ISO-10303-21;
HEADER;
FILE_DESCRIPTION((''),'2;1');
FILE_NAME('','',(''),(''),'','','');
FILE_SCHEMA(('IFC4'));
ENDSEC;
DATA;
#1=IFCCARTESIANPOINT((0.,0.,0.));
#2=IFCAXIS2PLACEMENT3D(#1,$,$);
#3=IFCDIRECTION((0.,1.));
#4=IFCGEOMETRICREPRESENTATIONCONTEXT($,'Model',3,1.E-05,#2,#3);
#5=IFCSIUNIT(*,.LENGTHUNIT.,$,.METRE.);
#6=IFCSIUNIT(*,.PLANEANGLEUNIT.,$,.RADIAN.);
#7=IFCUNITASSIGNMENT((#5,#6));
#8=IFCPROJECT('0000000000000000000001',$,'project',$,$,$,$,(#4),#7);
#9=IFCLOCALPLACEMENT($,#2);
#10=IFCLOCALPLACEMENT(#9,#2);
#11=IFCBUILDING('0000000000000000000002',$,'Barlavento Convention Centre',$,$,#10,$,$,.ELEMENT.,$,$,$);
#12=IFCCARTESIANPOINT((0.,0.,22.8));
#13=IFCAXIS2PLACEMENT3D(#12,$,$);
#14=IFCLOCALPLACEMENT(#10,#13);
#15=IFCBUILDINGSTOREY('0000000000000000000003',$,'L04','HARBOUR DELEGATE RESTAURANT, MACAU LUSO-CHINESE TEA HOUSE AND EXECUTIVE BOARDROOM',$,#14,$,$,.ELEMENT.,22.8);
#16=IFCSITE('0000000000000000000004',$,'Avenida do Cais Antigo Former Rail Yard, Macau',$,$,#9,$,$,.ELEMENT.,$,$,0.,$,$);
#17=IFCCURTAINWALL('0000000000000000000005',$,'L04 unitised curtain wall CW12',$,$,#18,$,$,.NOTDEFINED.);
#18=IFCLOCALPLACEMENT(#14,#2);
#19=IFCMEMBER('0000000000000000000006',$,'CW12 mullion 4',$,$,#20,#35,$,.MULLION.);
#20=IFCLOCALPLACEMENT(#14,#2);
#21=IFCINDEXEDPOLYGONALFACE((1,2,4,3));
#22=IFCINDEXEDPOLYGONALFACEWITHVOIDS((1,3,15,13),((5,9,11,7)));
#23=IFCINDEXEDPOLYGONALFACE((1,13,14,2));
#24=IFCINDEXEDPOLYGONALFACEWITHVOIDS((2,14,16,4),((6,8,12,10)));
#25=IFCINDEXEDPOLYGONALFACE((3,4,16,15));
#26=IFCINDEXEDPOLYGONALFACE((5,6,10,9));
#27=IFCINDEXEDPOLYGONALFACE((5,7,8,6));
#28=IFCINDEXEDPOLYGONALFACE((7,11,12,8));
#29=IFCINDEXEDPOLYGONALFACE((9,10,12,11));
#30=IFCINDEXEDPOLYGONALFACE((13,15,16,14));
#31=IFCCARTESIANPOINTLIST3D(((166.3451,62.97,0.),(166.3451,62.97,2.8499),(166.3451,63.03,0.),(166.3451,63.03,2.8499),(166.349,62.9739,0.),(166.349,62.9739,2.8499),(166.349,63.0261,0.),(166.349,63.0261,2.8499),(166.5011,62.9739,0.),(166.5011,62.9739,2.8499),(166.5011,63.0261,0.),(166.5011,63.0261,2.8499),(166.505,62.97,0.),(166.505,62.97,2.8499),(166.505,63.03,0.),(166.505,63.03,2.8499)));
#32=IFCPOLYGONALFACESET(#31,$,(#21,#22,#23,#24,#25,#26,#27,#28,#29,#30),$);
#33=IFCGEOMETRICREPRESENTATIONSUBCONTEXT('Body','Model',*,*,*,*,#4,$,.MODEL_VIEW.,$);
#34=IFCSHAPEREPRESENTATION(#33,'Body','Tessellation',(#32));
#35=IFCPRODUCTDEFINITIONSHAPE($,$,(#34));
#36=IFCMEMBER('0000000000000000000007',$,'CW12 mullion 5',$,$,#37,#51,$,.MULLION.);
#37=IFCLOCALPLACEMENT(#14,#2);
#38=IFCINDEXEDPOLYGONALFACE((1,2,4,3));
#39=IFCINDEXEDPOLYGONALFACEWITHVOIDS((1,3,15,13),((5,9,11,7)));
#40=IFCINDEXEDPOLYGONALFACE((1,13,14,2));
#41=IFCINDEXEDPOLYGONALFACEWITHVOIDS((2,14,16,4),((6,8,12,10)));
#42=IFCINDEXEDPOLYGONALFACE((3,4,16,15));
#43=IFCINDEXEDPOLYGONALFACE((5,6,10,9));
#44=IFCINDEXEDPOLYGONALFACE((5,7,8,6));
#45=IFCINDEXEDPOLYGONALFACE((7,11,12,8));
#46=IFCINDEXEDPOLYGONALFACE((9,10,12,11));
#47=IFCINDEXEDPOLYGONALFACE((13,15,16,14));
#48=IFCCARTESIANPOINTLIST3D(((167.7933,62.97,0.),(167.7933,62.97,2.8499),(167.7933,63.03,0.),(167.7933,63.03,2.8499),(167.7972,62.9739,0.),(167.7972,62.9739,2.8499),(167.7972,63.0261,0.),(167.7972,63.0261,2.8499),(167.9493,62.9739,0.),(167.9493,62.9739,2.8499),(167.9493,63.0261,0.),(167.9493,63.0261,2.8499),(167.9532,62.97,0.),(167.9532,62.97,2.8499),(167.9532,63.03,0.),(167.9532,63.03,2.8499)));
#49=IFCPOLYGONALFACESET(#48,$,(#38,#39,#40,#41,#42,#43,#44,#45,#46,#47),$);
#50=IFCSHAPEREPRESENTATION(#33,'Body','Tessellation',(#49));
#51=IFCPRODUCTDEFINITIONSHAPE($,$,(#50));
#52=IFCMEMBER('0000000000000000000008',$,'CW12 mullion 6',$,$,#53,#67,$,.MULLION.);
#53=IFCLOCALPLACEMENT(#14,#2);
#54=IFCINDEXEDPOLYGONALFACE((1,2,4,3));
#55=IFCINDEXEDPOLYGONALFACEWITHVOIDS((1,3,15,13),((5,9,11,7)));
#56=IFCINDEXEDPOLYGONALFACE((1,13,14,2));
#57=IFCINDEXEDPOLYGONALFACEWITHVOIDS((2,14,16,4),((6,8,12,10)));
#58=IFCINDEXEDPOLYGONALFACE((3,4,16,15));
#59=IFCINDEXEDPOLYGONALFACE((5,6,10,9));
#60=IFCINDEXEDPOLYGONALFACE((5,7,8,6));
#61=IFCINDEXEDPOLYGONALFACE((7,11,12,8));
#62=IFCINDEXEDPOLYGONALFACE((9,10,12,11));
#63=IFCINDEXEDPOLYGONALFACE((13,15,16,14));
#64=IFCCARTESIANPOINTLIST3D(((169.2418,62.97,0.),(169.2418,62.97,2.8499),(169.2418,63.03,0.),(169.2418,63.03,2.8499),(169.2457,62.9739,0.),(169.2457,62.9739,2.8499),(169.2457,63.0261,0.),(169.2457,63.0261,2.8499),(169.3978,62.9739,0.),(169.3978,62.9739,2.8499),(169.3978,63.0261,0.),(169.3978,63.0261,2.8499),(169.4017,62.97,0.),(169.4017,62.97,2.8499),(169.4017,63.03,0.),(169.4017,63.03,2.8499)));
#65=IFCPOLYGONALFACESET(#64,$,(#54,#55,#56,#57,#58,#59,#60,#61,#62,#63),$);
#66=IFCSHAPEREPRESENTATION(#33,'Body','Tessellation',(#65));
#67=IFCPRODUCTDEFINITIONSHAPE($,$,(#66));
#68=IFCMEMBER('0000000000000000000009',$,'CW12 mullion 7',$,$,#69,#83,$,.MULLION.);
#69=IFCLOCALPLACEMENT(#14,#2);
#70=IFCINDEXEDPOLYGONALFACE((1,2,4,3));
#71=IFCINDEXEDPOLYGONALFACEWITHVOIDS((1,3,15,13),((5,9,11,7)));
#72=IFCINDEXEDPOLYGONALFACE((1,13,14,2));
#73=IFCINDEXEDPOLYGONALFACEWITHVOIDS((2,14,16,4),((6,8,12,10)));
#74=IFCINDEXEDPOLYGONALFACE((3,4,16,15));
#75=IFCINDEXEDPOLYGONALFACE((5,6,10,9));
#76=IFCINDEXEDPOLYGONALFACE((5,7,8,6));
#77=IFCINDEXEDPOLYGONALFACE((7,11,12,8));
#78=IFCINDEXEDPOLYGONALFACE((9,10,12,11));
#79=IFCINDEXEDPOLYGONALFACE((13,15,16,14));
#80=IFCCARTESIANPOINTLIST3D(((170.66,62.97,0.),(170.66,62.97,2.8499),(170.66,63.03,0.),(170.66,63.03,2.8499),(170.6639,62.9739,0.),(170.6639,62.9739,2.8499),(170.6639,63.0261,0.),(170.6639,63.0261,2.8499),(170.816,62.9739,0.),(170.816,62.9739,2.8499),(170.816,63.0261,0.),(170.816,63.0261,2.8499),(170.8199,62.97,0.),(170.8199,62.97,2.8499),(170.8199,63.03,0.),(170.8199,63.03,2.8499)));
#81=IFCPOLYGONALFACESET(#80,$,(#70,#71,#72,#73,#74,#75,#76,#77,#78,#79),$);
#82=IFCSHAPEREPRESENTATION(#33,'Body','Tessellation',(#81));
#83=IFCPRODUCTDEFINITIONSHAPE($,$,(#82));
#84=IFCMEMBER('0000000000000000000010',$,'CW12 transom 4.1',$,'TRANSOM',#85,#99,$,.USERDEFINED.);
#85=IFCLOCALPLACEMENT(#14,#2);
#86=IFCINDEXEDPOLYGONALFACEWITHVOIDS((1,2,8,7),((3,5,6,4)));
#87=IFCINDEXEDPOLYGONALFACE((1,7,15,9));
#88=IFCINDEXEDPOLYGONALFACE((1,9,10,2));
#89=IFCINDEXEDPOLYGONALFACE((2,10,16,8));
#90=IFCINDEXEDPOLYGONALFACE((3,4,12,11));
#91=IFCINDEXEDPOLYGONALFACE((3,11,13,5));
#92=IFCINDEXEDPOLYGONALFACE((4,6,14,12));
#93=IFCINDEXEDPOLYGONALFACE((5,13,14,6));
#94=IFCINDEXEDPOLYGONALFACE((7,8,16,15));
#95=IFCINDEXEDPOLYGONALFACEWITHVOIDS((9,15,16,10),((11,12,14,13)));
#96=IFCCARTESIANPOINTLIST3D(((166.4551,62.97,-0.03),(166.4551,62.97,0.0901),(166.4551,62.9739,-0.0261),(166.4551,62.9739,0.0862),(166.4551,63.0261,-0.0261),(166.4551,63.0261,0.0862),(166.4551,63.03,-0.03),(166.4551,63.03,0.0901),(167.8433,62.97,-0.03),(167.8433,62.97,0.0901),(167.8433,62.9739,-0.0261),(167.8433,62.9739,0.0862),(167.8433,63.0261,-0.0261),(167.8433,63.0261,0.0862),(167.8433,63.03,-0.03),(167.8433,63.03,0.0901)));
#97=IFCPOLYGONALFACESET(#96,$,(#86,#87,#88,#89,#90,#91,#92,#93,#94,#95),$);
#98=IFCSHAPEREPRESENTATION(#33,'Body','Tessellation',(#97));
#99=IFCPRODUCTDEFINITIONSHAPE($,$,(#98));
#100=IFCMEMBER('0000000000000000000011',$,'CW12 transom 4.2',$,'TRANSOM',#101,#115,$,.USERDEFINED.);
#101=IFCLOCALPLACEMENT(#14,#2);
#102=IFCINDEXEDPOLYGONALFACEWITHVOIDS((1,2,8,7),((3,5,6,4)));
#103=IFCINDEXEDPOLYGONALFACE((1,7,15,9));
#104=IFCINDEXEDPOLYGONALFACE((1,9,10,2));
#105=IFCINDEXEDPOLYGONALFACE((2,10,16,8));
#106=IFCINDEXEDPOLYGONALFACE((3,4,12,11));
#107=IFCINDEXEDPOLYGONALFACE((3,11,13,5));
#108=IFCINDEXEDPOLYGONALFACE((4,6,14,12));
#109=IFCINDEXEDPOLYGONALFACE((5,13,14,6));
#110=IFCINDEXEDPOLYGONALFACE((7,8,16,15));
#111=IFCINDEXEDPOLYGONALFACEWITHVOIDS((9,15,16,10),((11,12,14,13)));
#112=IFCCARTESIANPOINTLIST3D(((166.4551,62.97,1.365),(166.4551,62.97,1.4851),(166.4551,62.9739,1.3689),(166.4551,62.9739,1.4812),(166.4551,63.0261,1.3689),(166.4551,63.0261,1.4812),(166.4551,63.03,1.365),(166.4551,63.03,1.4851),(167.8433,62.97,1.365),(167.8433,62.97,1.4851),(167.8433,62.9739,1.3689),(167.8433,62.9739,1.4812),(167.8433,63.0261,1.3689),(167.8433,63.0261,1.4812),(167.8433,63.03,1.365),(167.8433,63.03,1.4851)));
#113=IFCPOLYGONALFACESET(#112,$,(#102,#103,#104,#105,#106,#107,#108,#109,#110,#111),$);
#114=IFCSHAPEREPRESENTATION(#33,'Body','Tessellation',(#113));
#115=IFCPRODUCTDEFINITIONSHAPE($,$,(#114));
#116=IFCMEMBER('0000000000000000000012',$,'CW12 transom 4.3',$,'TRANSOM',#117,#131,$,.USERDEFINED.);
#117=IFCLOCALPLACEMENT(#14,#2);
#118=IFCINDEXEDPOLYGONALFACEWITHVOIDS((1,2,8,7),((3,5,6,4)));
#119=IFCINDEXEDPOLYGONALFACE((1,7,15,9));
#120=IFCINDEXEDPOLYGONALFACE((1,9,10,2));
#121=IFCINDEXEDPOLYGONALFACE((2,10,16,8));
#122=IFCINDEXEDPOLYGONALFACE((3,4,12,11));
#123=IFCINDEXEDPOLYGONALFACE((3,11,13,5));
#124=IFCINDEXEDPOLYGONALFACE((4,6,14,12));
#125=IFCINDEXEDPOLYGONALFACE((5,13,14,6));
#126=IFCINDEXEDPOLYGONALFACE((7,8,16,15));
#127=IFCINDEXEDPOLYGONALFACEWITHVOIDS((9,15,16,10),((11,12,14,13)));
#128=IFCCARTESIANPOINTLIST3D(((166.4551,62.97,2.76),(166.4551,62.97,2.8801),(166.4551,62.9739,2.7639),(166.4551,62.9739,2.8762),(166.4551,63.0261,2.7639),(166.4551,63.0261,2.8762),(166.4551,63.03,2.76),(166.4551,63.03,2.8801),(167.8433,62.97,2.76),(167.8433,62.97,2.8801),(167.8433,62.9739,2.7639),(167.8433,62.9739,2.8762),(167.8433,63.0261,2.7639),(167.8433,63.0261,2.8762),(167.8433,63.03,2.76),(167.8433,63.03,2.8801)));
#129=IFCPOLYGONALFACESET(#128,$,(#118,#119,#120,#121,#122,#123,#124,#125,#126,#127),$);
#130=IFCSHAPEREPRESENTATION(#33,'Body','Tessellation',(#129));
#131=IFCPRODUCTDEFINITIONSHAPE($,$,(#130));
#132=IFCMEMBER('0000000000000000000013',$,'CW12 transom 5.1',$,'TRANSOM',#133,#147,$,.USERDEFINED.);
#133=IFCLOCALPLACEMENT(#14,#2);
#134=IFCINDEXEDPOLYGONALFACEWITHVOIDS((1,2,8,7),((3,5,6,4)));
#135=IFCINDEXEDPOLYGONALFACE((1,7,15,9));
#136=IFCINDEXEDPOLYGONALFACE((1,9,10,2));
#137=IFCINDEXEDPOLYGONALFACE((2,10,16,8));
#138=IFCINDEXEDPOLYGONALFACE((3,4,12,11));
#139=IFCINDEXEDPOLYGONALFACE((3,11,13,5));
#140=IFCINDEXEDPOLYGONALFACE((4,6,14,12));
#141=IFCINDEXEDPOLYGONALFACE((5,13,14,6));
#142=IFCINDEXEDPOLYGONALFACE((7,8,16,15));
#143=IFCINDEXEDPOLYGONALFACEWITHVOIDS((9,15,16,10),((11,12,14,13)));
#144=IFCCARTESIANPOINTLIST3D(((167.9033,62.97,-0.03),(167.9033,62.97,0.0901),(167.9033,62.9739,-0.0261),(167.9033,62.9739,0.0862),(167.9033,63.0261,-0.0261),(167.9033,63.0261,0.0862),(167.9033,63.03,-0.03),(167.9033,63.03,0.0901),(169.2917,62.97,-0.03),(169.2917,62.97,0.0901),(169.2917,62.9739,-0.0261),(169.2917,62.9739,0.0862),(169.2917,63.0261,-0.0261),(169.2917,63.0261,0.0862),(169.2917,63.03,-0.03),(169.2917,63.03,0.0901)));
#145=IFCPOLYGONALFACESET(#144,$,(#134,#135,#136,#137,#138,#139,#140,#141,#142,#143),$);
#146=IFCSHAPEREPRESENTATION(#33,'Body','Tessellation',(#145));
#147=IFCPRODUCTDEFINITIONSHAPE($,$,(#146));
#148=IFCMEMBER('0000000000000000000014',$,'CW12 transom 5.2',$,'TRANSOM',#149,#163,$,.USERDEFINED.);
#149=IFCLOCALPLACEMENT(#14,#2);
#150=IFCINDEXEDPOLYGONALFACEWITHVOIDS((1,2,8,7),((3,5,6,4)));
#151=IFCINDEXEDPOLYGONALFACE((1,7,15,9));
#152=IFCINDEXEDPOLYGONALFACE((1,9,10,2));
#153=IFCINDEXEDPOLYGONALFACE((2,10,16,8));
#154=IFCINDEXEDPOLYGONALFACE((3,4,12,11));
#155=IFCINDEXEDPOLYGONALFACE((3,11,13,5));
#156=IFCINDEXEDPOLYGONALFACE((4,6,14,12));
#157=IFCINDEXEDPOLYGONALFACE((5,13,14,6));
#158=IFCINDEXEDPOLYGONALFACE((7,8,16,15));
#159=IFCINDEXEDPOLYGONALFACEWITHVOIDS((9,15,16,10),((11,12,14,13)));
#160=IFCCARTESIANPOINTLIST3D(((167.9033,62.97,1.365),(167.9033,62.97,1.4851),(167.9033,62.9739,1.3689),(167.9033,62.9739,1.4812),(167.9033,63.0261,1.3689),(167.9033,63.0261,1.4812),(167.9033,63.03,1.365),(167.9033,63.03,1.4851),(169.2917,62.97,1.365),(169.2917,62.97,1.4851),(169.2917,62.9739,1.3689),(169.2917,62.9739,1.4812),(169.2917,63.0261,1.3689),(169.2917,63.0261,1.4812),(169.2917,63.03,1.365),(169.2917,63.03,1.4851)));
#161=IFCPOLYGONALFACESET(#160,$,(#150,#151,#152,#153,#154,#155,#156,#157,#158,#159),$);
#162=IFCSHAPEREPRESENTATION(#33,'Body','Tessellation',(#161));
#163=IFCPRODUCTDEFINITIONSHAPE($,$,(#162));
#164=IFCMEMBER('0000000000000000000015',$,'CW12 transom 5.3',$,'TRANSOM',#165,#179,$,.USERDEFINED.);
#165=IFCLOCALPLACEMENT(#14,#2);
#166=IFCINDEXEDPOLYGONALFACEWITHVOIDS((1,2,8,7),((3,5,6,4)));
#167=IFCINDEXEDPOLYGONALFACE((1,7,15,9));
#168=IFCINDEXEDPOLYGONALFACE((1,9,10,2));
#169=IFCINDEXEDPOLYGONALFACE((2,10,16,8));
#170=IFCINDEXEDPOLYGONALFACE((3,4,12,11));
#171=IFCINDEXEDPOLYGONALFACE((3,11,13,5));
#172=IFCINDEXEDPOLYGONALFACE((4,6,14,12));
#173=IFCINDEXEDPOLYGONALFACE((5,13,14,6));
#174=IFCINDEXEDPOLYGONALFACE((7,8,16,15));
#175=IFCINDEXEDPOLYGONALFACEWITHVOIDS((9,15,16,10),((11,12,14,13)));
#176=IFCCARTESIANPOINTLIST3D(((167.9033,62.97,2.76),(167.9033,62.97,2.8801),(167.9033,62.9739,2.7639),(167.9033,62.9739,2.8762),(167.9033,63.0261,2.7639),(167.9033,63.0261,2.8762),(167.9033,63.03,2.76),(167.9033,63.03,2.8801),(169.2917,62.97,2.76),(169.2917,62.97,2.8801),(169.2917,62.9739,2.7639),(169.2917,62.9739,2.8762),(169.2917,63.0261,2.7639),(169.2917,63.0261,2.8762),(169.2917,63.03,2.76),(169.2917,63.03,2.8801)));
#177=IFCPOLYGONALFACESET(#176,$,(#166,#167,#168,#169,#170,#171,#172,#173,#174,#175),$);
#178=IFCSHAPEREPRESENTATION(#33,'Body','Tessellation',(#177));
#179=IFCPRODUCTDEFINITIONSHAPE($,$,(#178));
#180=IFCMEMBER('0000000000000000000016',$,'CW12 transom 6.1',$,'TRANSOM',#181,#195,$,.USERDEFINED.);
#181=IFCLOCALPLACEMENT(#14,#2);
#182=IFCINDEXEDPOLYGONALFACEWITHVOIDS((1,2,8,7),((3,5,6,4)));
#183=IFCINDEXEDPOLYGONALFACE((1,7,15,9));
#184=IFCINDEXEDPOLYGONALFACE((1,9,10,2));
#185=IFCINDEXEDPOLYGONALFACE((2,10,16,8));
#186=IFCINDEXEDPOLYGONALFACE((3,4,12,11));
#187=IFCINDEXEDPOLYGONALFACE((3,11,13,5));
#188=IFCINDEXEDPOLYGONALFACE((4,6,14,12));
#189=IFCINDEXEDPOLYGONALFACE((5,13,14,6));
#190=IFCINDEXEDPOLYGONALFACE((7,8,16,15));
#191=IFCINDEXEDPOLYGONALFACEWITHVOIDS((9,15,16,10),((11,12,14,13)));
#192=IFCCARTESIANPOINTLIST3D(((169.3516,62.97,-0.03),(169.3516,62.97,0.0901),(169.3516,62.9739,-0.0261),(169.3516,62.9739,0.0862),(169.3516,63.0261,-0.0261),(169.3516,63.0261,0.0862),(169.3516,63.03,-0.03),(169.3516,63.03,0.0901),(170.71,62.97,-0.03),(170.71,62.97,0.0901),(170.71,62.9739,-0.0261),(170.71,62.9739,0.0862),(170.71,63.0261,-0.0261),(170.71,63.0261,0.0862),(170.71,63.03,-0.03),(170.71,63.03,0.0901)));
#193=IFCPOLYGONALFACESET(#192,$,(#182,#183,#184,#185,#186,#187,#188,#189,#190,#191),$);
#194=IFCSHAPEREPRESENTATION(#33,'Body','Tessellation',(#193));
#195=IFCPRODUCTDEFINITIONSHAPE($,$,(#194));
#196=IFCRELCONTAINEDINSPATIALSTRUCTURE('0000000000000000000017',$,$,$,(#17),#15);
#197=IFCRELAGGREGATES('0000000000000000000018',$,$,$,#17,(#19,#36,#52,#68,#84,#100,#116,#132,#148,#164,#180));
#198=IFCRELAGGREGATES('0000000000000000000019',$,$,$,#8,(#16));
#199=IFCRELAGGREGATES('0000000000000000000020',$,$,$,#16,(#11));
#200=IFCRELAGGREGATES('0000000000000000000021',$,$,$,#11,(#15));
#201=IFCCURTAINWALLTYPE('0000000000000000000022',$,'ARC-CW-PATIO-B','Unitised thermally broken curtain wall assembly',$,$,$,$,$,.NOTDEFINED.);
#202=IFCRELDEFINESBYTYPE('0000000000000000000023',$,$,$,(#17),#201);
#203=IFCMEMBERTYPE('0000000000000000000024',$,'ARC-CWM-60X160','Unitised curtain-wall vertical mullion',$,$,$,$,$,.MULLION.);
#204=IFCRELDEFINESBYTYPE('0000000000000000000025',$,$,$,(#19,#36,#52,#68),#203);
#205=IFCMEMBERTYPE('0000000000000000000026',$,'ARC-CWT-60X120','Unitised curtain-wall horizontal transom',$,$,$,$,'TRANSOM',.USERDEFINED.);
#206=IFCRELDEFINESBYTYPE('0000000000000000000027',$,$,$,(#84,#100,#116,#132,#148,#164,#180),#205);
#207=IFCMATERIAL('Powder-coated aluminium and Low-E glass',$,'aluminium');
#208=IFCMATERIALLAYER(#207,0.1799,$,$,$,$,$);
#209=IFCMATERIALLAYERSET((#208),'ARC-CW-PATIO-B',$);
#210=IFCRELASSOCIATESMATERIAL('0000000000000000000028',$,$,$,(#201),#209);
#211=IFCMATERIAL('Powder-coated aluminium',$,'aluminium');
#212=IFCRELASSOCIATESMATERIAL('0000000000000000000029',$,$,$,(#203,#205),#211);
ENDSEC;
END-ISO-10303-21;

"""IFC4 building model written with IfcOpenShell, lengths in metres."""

from ifc_helpers import new_model, si_unit, direction, frame, origin, origin_2d, place, context, subcontext, project, spatial, hollow_rectangle, extrude, material, layer, layer_set, material_profile, profile_set, type_object, element, aggregate, save


model = new_model("IFC4")

# Units and contexts
model_context = context("Model", 3, precision=1e-05, world=origin(), true_north=direction((0.0, 1.0)))
body_context = subcontext(model_context, "Body", "Model", "MODEL_VIEW")
ifc_project = project(units=[si_unit("LENGTHUNIT", "METRE"), si_unit("PLANEANGLEUNIT", "RADIAN")], contexts=[model_context])

# Site, building, storey
site_placement = place(None, origin())
site = spatial("IfcSite", under=ifc_project, at=site_placement, Name="Avenida do Cais Antigo Former Rail Yard, Macau", CompositionType="ELEMENT", RefElevation=0.0)
building_placement = place(site_placement, origin())
building = spatial("IfcBuilding", under=site, at=building_placement, Name="Barlavento Convention Centre", CompositionType="ELEMENT")
storey_placement = place(building_placement, frame((0.0, 0.0, 22.8)))
storey = spatial("IfcBuildingStorey", under=building, at=storey_placement, Name="L04", Description="HARBOUR DELEGATE RESTAURANT, MACAU LUSO-CHINESE TEA HOUSE AND EXECUTIVE BOARDROOM", CompositionType="ELEMENT", Elevation=22.8)

# Curtain wall, members
ifc_material_1 = material(Name="Powder-coated aluminium and Low-E glass", Category="aluminium")
ifc_layer_1 = layer(ifc_material_1, 0.1799)
ifc_layer_set_1 = layer_set([ifc_layer_1], Name="ARC-CW-PATIO-B")
curtain_wall_type = type_object("IfcCurtainWallType", Name="ARC-CW-PATIO-B", Description="Unitised thermally broken curtain wall assembly", PredefinedType="NOTDEFINED", material=ifc_layer_set_1)
curtain_wall_placement = place(storey_placement, origin())
curtain_wall = element("IfcCurtainWall", 1, at=curtain_wall_placement, inside=storey, type_object=curtain_wall_type, Name="L04 unitised curtain wall CW12", PredefinedType="NOTDEFINED")
ifc_material_2 = material(Name="Powder-coated aluminium", Category="aluminium")
ifc_material_profile_1 = material_profile(ifc_material_2, hollow_rectangle(XDim=0.0601, YDim=0.1599, WallThickness=0.0039, at=origin_2d()), Name="AL-MULL 60x160x4")
ifc_profile_set_1 = profile_set([ifc_material_profile_1], Name="Powder-coated aluminium")
member_type_1 = type_object("IfcMemberType", Name="ARC-CWM-60X160", Description="Unitised curtain-wall vertical mullion", PredefinedType="MULLION", material=ifc_profile_set_1)
member_1_placement = place(storey_placement, frame((166.425, 63.0, 0.0), z_axis=(0.0, 0.0, 1.0), x_axis=(0.0, 1.0, 0.0)))
member_1 = element("IfcMember", 2, at=member_1_placement, type_object=member_type_1, Name="CW12 mullion 4", PredefinedType="MULLION", context=body_context, shape_type="SweptSolid", body=[
    extrude(hollow_rectangle(XDim=0.0601, YDim=0.1599, WallThickness=0.0039, at=origin_2d()), origin(), (0.0, 0.0, 1.0), 2.8499),
])
member_2_placement = place(storey_placement, frame((167.8733, 63.0, 0.0), z_axis=(0.0, 0.0, 1.0), x_axis=(0.0, 1.0, 0.0)))
member_2 = element("IfcMember", 3, at=member_2_placement, type_object=member_type_1, Name="CW12 mullion 5", PredefinedType="MULLION", context=body_context, shape_type="SweptSolid", body=[
    extrude(hollow_rectangle(XDim=0.0601, YDim=0.1599, WallThickness=0.0039, at=origin_2d()), origin(), (0.0, 0.0, 1.0), 2.8499),
])
member_3_placement = place(storey_placement, frame((169.3218, 63.0, 0.0), z_axis=(0.0, 0.0, 1.0), x_axis=(0.0, 1.0, 0.0)))
member_3 = element("IfcMember", 4, at=member_3_placement, type_object=member_type_1, Name="CW12 mullion 6", PredefinedType="MULLION", context=body_context, shape_type="SweptSolid", body=[
    extrude(hollow_rectangle(XDim=0.0601, YDim=0.1599, WallThickness=0.0039, at=origin_2d()), origin(), (0.0, 0.0, 1.0), 2.8499),
])
member_4_placement = place(storey_placement, frame((170.74, 63.0, 0.0), z_axis=(0.0, 0.0, 1.0), x_axis=(0.0, 1.0, 0.0)))
member_4 = element("IfcMember", 5, at=member_4_placement, type_object=member_type_1, Name="CW12 mullion 7", PredefinedType="MULLION", context=body_context, shape_type="SweptSolid", body=[
    extrude(hollow_rectangle(XDim=0.0601, YDim=0.1599, WallThickness=0.0039, at=origin_2d()), origin(), (0.0, 0.0, 1.0), 2.8499),
])
ifc_material_profile_2 = material_profile(ifc_material_2, hollow_rectangle(XDim=0.0601, YDim=0.1201, WallThickness=0.0039, at=origin_2d()), Name="AL-TRAN 60x120x4")
ifc_profile_set_2 = profile_set([ifc_material_profile_2], Name="Powder-coated aluminium")
member_type_2 = type_object("IfcMemberType", Name="ARC-CWT-60X120", Description="Unitised curtain-wall horizontal transom", ElementType="TRANSOM", PredefinedType="USERDEFINED", material=ifc_profile_set_2)
member_5_placement = place(storey_placement, frame((166.4551, 63.0, 0.03), z_axis=(1.0, 0.0, 0.0), x_axis=(0.0, 1.0, 0.0)))
member_5 = element("IfcMember", 6, at=member_5_placement, type_object=member_type_2, Name="CW12 transom 4.1", ObjectType="TRANSOM", PredefinedType="USERDEFINED", context=body_context, shape_type="SweptSolid", body=[
    extrude(hollow_rectangle(XDim=0.0601, YDim=0.1201, WallThickness=0.0039, at=origin_2d()), origin(), (0.0, 0.0, 1.0), 1.3882),
])
member_6_placement = place(storey_placement, frame((166.4551, 63.0, 1.425), z_axis=(1.0, 0.0, 0.0), x_axis=(0.0, 1.0, 0.0)))
member_6 = element("IfcMember", 7, at=member_6_placement, type_object=member_type_2, Name="CW12 transom 4.2", ObjectType="TRANSOM", PredefinedType="USERDEFINED", context=body_context, shape_type="SweptSolid", body=[
    extrude(hollow_rectangle(XDim=0.0601, YDim=0.1201, WallThickness=0.0039, at=origin_2d()), origin(), (0.0, 0.0, 1.0), 1.3882),
])
member_7_placement = place(storey_placement, frame((166.4551, 63.0, 2.8201), z_axis=(1.0, 0.0, 0.0), x_axis=(0.0, 1.0, 0.0)))
member_7 = element("IfcMember", 8, at=member_7_placement, type_object=member_type_2, Name="CW12 transom 4.3", ObjectType="TRANSOM", PredefinedType="USERDEFINED", context=body_context, shape_type="SweptSolid", body=[
    extrude(hollow_rectangle(XDim=0.0601, YDim=0.1201, WallThickness=0.0039, at=origin_2d()), origin(), (0.0, 0.0, 1.0), 1.3882),
])
member_8_placement = place(storey_placement, frame((167.9033, 63.0, 0.03), z_axis=(1.0, 0.0, 0.0), x_axis=(0.0, 1.0, 0.0)))
member_8 = element("IfcMember", 9, at=member_8_placement, type_object=member_type_2, Name="CW12 transom 5.1", ObjectType="TRANSOM", PredefinedType="USERDEFINED", context=body_context, shape_type="SweptSolid", body=[
    extrude(hollow_rectangle(XDim=0.0601, YDim=0.1201, WallThickness=0.0039, at=origin_2d()), origin(), (0.0, 0.0, 1.0), 1.3884),
])
member_9_placement = place(storey_placement, frame((167.9033, 63.0, 1.425), z_axis=(1.0, 0.0, 0.0), x_axis=(0.0, 1.0, 0.0)))
member_9 = element("IfcMember", 10, at=member_9_placement, type_object=member_type_2, Name="CW12 transom 5.2", ObjectType="TRANSOM", PredefinedType="USERDEFINED", context=body_context, shape_type="SweptSolid", body=[
    extrude(hollow_rectangle(XDim=0.0601, YDim=0.1201, WallThickness=0.0039, at=origin_2d()), origin(), (0.0, 0.0, 1.0), 1.3884),
])
member_10_placement = place(storey_placement, frame((167.9033, 63.0, 2.8201), z_axis=(1.0, 0.0, 0.0), x_axis=(0.0, 1.0, 0.0)))
member_10 = element("IfcMember", 11, at=member_10_placement, type_object=member_type_2, Name="CW12 transom 5.3", ObjectType="TRANSOM", PredefinedType="USERDEFINED", context=body_context, shape_type="SweptSolid", body=[
    extrude(hollow_rectangle(XDim=0.0601, YDim=0.1201, WallThickness=0.0039, at=origin_2d()), origin(), (0.0, 0.0, 1.0), 1.3884),
])
member_11_placement = place(storey_placement, frame((169.3516, 63.0, 0.03), z_axis=(1.0, 0.0, 0.0), x_axis=(0.0, 1.0, 0.0)))
member_11 = element("IfcMember", 12, at=member_11_placement, type_object=member_type_2, Name="CW12 transom 6.1", ObjectType="TRANSOM", PredefinedType="USERDEFINED", context=body_context, shape_type="SweptSolid", body=[
    extrude(hollow_rectangle(XDim=0.0601, YDim=0.1201, WallThickness=0.0039, at=origin_2d()), origin(), (0.0, 0.0, 1.0), 1.3584),
])
aggregate(curtain_wall, [member_1, member_2, member_3, member_4, member_5, member_6, member_7, member_8, member_9, member_10, member_11])

save(model, "model.ifc")
